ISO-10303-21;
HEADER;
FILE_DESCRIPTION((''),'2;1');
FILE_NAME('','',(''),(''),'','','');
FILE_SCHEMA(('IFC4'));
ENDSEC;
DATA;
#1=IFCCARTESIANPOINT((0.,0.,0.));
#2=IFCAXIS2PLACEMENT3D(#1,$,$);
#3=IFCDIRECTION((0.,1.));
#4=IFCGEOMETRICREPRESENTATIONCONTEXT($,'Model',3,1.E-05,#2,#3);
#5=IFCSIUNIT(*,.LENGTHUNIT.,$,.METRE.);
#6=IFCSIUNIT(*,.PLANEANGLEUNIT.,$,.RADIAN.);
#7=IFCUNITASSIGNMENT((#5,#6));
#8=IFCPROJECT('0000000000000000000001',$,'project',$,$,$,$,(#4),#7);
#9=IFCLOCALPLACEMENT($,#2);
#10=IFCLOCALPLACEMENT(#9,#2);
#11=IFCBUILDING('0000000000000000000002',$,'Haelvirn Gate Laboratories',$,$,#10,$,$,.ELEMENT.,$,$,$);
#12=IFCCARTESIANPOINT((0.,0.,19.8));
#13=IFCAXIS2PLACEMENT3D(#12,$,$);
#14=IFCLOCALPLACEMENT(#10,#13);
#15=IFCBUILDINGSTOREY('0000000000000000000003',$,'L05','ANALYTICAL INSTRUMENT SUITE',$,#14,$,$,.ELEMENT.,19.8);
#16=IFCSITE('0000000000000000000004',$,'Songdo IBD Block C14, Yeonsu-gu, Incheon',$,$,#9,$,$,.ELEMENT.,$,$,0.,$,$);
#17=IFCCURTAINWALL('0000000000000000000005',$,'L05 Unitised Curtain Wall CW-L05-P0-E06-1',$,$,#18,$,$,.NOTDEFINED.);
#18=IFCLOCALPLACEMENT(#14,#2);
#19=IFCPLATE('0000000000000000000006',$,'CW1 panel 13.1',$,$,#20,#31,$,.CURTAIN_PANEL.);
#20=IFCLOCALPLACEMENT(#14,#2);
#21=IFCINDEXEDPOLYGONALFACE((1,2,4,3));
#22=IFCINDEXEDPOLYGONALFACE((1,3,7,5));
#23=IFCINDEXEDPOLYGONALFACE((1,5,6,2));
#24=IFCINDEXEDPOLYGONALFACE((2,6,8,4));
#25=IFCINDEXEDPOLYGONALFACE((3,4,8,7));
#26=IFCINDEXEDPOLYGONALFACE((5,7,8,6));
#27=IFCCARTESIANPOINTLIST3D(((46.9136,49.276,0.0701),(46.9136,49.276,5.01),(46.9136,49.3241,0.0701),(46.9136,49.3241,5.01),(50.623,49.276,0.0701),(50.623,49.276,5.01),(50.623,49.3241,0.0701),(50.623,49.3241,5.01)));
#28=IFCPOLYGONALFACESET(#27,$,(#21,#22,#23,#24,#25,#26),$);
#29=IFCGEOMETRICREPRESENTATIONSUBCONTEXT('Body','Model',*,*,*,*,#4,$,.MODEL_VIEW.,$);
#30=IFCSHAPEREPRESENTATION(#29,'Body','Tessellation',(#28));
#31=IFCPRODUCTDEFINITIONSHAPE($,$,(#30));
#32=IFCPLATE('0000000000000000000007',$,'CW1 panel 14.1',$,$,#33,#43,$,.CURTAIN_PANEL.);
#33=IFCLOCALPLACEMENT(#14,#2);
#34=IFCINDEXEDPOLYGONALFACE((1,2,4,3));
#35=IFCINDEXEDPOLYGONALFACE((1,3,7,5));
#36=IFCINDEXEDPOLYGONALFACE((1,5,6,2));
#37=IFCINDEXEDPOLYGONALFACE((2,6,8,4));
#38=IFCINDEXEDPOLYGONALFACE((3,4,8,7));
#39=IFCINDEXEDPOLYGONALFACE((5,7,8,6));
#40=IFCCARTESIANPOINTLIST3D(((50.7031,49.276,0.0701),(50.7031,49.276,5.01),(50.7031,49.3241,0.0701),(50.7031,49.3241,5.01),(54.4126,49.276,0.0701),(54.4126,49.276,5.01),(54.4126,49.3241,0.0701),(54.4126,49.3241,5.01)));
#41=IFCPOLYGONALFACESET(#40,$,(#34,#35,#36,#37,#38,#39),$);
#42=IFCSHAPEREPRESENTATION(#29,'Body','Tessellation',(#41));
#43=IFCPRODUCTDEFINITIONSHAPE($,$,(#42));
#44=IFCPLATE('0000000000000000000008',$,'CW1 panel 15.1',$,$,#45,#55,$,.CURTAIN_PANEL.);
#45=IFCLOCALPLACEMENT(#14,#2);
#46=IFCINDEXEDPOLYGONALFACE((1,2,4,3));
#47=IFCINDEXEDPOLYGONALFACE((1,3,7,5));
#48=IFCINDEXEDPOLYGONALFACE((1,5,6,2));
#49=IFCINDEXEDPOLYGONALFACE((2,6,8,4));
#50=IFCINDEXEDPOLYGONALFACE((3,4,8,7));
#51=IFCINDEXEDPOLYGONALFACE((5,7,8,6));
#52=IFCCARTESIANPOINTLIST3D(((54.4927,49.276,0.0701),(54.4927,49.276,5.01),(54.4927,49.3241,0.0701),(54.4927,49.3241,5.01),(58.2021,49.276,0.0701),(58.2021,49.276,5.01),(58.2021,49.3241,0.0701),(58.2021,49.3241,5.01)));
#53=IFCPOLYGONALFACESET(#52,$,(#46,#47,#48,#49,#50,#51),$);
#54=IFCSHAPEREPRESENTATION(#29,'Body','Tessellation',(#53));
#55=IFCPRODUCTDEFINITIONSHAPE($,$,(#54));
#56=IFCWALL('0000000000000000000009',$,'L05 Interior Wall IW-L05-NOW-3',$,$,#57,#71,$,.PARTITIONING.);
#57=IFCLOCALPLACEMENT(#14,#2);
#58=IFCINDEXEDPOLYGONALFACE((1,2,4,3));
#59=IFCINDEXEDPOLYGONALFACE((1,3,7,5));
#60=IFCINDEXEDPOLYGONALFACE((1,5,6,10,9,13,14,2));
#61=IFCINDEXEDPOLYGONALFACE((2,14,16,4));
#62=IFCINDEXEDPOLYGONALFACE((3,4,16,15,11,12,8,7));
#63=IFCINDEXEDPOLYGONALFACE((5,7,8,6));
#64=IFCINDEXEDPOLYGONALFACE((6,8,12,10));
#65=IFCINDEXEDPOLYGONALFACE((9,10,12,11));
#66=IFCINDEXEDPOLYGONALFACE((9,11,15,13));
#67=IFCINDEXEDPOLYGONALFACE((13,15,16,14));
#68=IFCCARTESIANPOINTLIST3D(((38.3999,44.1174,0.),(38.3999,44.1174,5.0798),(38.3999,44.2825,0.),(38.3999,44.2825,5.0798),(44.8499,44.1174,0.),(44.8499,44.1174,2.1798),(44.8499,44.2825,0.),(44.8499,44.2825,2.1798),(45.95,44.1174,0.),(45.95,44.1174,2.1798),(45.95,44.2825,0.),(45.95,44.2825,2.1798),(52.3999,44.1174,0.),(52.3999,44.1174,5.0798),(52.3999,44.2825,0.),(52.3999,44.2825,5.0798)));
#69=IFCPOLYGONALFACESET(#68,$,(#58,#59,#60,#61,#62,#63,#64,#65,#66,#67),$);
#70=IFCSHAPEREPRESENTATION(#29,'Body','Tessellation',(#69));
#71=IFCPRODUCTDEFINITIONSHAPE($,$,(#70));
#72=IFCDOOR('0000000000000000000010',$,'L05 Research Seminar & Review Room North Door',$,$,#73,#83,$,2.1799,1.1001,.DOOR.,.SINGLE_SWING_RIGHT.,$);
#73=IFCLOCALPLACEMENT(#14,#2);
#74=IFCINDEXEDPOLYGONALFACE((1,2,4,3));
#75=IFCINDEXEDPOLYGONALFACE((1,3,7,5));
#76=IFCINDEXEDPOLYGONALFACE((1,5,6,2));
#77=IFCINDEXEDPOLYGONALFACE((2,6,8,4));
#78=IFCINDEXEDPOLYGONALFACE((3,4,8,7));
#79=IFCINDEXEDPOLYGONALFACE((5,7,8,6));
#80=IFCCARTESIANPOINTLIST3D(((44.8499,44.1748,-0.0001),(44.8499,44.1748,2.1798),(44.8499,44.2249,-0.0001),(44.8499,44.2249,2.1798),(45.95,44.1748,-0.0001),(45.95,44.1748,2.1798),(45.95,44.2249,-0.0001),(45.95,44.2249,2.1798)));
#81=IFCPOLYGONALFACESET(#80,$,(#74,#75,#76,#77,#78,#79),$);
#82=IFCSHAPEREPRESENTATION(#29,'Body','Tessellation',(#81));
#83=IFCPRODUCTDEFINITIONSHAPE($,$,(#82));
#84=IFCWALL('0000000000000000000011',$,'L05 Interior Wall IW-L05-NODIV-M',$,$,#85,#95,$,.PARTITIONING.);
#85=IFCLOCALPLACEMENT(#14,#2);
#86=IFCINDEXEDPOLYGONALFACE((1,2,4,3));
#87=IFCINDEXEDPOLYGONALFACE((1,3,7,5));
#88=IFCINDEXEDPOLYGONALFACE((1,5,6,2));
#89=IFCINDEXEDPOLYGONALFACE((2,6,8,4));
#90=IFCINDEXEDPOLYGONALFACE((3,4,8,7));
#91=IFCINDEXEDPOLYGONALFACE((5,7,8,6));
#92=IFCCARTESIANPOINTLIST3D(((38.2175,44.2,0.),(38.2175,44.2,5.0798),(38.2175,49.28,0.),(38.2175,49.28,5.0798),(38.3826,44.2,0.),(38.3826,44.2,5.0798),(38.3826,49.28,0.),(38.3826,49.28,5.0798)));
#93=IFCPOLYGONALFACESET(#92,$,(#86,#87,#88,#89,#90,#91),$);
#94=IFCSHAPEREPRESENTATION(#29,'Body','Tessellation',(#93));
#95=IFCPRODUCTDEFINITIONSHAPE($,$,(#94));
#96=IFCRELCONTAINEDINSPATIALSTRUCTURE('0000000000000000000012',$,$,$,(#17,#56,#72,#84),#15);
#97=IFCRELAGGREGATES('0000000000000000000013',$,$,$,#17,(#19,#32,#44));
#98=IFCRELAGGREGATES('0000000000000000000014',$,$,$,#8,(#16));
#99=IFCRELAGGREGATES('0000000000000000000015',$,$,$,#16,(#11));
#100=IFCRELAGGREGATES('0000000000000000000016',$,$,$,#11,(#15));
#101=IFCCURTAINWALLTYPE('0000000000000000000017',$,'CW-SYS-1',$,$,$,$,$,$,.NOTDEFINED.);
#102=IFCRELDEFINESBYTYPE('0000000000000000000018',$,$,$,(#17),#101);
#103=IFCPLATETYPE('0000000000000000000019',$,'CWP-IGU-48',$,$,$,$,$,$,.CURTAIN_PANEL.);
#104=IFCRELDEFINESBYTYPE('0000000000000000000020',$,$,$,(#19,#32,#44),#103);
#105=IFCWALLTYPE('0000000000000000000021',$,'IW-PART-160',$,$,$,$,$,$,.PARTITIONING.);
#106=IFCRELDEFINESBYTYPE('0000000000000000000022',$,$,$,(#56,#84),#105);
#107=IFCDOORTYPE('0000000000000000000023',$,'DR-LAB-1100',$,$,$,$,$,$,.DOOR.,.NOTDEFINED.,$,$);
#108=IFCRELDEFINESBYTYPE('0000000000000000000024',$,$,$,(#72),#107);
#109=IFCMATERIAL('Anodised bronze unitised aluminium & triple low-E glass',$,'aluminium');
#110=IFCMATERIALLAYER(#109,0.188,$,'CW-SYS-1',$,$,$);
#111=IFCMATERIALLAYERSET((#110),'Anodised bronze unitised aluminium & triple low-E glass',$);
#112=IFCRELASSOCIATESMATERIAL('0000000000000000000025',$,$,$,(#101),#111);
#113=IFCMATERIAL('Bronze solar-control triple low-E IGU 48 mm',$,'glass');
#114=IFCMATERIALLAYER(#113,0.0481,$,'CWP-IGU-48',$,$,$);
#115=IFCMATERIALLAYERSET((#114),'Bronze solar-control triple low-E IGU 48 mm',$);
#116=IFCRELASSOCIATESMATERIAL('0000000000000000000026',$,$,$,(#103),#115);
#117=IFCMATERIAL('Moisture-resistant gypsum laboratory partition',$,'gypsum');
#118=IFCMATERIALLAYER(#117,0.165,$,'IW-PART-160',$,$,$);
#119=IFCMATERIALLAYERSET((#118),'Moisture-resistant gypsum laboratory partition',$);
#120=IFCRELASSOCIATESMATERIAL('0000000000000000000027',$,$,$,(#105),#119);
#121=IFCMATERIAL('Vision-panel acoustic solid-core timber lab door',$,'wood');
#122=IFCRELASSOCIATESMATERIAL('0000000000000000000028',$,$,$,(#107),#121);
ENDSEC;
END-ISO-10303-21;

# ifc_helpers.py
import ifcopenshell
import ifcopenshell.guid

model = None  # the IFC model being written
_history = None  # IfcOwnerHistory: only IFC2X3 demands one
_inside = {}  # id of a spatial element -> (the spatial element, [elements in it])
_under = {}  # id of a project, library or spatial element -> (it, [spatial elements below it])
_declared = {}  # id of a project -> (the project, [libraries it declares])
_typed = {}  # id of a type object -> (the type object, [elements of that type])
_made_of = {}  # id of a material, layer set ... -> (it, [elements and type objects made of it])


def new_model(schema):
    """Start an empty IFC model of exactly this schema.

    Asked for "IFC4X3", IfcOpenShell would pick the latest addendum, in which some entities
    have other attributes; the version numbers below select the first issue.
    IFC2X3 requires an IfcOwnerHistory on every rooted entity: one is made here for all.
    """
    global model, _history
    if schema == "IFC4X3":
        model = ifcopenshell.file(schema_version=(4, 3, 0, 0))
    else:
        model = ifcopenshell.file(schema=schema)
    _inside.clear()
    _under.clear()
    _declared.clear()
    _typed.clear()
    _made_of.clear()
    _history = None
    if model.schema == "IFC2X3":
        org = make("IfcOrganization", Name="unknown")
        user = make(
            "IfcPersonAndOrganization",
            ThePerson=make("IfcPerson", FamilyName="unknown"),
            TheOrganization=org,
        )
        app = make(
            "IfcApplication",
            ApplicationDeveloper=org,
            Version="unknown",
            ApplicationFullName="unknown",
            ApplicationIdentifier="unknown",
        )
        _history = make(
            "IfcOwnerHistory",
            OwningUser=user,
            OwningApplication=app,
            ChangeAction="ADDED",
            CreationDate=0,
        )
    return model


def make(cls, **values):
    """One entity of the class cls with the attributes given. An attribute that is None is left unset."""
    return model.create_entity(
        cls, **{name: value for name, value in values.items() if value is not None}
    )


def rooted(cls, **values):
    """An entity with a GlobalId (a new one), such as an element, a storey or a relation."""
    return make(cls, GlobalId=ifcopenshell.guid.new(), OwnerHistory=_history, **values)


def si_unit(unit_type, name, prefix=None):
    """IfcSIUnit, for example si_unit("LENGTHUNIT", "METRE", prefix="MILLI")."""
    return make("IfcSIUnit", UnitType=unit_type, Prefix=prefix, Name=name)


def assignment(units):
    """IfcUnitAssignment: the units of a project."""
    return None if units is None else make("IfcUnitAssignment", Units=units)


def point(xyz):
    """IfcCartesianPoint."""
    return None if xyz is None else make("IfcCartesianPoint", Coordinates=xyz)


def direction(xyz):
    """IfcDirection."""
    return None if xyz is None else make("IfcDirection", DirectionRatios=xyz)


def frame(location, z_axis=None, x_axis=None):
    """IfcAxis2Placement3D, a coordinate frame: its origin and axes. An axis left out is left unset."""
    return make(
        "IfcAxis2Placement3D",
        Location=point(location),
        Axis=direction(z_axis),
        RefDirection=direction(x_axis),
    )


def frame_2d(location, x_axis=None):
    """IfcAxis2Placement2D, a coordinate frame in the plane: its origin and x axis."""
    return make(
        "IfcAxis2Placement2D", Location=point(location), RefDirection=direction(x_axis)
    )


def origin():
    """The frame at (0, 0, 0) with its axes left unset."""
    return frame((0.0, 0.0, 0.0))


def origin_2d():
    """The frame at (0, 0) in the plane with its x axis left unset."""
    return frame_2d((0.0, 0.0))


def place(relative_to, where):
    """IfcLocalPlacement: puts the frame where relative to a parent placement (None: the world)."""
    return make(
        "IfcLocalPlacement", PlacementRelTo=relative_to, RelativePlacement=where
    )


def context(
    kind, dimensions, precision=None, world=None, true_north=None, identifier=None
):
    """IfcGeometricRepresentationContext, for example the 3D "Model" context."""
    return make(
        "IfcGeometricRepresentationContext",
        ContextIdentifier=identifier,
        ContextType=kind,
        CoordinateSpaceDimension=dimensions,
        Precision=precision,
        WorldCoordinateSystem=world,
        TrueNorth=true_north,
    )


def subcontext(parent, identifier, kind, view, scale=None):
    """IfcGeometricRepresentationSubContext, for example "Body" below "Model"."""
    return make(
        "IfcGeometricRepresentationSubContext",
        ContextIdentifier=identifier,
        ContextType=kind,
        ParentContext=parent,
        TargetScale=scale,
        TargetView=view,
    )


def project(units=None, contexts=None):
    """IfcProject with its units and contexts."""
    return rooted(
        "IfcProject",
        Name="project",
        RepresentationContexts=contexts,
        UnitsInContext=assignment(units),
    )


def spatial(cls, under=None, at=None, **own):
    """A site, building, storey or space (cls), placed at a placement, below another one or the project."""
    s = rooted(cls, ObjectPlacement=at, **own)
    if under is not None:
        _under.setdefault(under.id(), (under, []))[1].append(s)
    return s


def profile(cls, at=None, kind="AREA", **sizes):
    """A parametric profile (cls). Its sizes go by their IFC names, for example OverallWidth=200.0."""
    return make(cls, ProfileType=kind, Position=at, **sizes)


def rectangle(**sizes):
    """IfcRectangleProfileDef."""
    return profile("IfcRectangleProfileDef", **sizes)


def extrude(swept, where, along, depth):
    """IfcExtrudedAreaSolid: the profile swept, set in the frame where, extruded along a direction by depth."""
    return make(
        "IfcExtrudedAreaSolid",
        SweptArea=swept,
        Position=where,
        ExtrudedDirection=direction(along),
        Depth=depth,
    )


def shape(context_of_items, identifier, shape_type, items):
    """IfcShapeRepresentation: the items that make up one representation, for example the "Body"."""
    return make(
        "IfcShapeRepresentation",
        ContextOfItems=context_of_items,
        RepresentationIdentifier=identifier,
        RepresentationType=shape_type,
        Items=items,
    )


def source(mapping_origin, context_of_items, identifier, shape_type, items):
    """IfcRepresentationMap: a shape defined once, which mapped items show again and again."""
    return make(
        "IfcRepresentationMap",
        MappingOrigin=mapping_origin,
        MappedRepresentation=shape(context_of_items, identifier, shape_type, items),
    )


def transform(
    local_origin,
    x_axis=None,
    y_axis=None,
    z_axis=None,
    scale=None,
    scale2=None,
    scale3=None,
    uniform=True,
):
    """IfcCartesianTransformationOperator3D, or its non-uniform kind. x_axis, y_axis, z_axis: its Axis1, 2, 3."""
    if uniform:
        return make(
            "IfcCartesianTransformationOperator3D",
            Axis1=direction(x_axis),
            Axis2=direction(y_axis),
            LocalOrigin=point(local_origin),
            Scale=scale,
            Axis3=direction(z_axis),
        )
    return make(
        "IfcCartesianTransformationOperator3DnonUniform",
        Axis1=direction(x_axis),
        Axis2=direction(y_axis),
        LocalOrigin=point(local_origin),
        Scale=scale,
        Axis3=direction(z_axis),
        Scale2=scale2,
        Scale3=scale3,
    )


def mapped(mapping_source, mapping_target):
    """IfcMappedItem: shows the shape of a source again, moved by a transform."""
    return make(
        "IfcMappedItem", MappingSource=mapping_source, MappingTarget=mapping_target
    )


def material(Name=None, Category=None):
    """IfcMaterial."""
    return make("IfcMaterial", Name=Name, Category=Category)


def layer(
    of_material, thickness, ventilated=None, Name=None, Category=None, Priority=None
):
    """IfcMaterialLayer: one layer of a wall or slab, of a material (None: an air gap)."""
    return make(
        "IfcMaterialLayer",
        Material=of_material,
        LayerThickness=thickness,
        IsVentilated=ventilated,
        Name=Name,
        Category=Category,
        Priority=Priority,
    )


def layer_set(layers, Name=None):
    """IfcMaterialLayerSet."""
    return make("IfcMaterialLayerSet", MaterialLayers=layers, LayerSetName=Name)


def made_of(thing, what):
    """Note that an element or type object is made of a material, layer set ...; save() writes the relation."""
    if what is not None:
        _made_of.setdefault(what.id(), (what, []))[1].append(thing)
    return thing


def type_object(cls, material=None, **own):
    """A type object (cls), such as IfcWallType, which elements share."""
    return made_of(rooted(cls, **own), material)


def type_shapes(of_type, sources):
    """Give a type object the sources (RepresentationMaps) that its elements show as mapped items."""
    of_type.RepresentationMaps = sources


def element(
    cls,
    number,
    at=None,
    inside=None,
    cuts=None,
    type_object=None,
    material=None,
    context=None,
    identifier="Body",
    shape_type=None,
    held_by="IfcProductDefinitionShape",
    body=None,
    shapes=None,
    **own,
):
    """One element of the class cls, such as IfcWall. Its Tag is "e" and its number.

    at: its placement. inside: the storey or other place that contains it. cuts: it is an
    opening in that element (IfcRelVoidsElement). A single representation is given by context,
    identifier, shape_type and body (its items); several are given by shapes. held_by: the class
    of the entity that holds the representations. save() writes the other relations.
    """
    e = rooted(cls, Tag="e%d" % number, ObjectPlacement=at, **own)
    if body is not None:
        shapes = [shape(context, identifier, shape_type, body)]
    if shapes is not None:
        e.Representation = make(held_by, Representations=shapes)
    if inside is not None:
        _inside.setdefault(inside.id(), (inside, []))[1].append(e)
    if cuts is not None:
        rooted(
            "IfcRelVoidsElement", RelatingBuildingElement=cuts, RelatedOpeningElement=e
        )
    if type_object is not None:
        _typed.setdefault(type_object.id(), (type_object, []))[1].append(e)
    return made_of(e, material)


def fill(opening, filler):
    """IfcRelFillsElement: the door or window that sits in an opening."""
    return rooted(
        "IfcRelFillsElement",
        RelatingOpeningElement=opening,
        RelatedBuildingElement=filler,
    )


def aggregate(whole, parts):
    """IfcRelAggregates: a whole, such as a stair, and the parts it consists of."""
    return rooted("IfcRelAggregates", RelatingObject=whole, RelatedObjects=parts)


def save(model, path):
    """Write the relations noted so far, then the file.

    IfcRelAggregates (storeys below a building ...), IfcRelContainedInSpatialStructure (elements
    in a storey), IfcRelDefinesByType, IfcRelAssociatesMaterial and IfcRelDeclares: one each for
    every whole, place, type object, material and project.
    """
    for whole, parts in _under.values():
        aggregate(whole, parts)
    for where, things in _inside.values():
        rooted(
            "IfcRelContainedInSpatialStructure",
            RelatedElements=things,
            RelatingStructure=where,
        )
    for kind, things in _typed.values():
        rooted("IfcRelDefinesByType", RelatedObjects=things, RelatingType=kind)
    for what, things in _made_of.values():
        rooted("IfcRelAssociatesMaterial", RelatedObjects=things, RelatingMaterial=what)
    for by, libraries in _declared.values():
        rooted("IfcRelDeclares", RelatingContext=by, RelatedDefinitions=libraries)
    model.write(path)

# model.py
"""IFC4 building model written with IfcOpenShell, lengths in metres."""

from ifc_helpers import new_model, si_unit, direction, frame, frame_2d, origin, origin_2d, place, context, subcontext, project, spatial, rectangle, extrude, source, transform, mapped, material, layer, layer_set, type_object, type_shapes, element, fill, aggregate, save


model = new_model("IFC4")

# Units and contexts
model_context = context("Model", 3, precision=1e-05, world=origin(), true_north=direction((0.0, 1.0)))
body_context = subcontext(model_context, "Body", "Model", "MODEL_VIEW")
ifc_project = project(units=[si_unit("LENGTHUNIT", "METRE"), si_unit("PLANEANGLEUNIT", "RADIAN")], contexts=[model_context])

# Site, building, storey
site_placement = place(None, origin())
site = spatial("IfcSite", under=ifc_project, at=site_placement, Name="Songdo IBD Block C14, Yeonsu-gu, Incheon", CompositionType="ELEMENT", RefElevation=0.0)
building_placement = place(site_placement, origin())
building = spatial("IfcBuilding", under=site, at=building_placement, Name="Haelvirn Gate Laboratories", CompositionType="ELEMENT")
storey_placement = place(building_placement, frame((0.0, 0.0, 19.8)))
storey = spatial("IfcBuildingStorey", under=building, at=storey_placement, Name="L05", Description="ANALYTICAL INSTRUMENT SUITE", CompositionType="ELEMENT", Elevation=19.8)

# Curtain wall
ifc_material_1 = material(Name="Anodised bronze unitised aluminium & triple low-E glass", Category="aluminium")
ifc_layer_1 = layer(ifc_material_1, 0.188, Name="CW-SYS-1")
ifc_layer_set_1 = layer_set([ifc_layer_1], Name="Anodised bronze unitised aluminium & triple low-E glass")
curtain_wall_type = type_object("IfcCurtainWallType", Name="CW-SYS-1", PredefinedType="NOTDEFINED", material=ifc_layer_set_1)
curtain_wall_placement = place(storey_placement, origin())
curtain_wall = element("IfcCurtainWall", 1, at=curtain_wall_placement, inside=storey, type_object=curtain_wall_type, Name="L05 Unitised Curtain Wall CW-L05-P0-E06-1", PredefinedType="NOTDEFINED")

# Plates
ifc_material_2 = material(Name="Bronze solar-control triple low-E IGU 48 mm", Category="glass")
ifc_layer_2 = layer(ifc_material_2, 0.0481, Name="CWP-IGU-48")
ifc_layer_set_2 = layer_set([ifc_layer_2], Name="Bronze solar-control triple low-E IGU 48 mm")
plate_type_1 = type_object("IfcPlateType", Name="CWP-IGU-48", PredefinedType="CURTAIN_PANEL", material=ifc_layer_set_2)
shared_shape_1 = source(origin(), body_context, "Body", "SweptSolid", [
    extrude(rectangle(XDim=3.7095, YDim=0.0481, at=origin_2d()), origin(), (0.0, 0.0, 1.0), 4.9399),
])
type_shapes(plate_type_1, [shared_shape_1])
plate_1_placement = place(storey_placement, frame((48.7683, 49.3, 0.0701), z_axis=(0.0, 0.0, 1.0), x_axis=(1.0, 0.0, 0.0)))
plate_1 = element("IfcPlate", 2, at=plate_1_placement, type_object=plate_type_1, Name="CW1 panel 13.1", PredefinedType="CURTAIN_PANEL", context=body_context, shape_type="MappedRepresentation", body=[
    mapped(shared_shape_1, transform((0.0, 0.0, 0.0), scale=1.0)),
])
plate_2_placement = place(storey_placement, frame((52.5579, 49.3, 0.0701), z_axis=(0.0, 0.0, 1.0), x_axis=(1.0, 0.0, 0.0)))
plate_2 = element("IfcPlate", 3, at=plate_2_placement, type_object=plate_type_1, Name="CW1 panel 14.1", PredefinedType="CURTAIN_PANEL", context=body_context, shape_type="MappedRepresentation", body=[
    mapped(shared_shape_1, transform((0.0, 0.0, 0.0), scale=1.0)),
])
plate_3_placement = place(storey_placement, frame((56.3474, 49.3, 0.0701), z_axis=(0.0, 0.0, 1.0), x_axis=(1.0, 0.0, 0.0)))
plate_3 = element("IfcPlate", 4, at=plate_3_placement, type_object=plate_type_1, Name="CW1 panel 15.1", PredefinedType="CURTAIN_PANEL", context=body_context, shape_type="MappedRepresentation", body=[
    mapped(shared_shape_1, transform((0.0, 0.0, 0.0), scale=1.0)),
])
aggregate(curtain_wall, [plate_1, plate_2, plate_3])

# Wall, opening, door
ifc_material_3 = material(Name="Moisture-resistant gypsum laboratory partition", Category="gypsum")
ifc_layer_3 = layer(ifc_material_3, 0.165, Name="IW-PART-160")
ifc_layer_set_3 = layer_set([ifc_layer_3], Name="Moisture-resistant gypsum laboratory partition")
wall_type = type_object("IfcWallType", Name="IW-PART-160", PredefinedType="PARTITIONING", material=ifc_layer_set_3)
wall_1_placement = place(storey_placement, frame((38.3999, 44.2, 0.0), z_axis=(0.0, 0.0, 1.0), x_axis=(1.0, 0.0, 0.0)))
wall_1 = element("IfcWall", 5, at=wall_1_placement, inside=storey, type_object=wall_type, Name="L05 Interior Wall IW-L05-NOW-3", PredefinedType="PARTITIONING", context=body_context, shape_type="SweptSolid", body=[
    extrude(rectangle(XDim=14.0, YDim=0.165, at=frame_2d((7.0, 0.0))), origin(), (0.0, 0.0, 1.0), 5.0798),
])
opening_placement = place(wall_1_placement, frame((6.45, 0.0, 0.0)))
opening = element("IfcOpeningElement", 6, at=opening_placement, cuts=wall_1, PredefinedType="OPENING", context=body_context, shape_type="SweptSolid", body=[
    extrude(rectangle(XDim=1.1001, YDim=2.1799, at=frame_2d((0.55, 1.0898))), frame((0.0, 0.0925, 0.0), z_axis=(0.0, -1.0, 0.0), x_axis=(1.0, 0.0, 0.0)), (0.0, 0.0, 1.0), 0.1851),
])
ifc_material_4 = material(Name="Vision-panel acoustic solid-core timber lab door", Category="wood")
door_type = type_object("IfcDoorType", Name="DR-LAB-1100", OperationType="NOTDEFINED", PredefinedType="DOOR", material=ifc_material_4)
shared_shape_2 = source(origin(), body_context, "Body", "SweptSolid", [
    extrude(rectangle(XDim=1.1001, YDim=2.1799, at=frame_2d((0.55, 1.0898))), frame((0.0, 0.0249, 0.0), z_axis=(0.0, -1.0, 0.0), x_axis=(1.0, 0.0, 0.0)), (0.0, 0.0, 1.0), 0.05),
])
type_shapes(door_type, [shared_shape_2])
door_placement = place(opening_placement, origin())
door = element("IfcDoor", 7, at=door_placement, inside=storey, type_object=door_type, Name="L05 Research Seminar & Review Room North Door", OperationType="SINGLE_SWING_RIGHT", OverallHeight=2.1799, OverallWidth=1.1001, PredefinedType="DOOR", context=body_context, shape_type="MappedRepresentation", body=[
    mapped(shared_shape_2, transform((0.0, 0.0, 0.0), scale=1.0)),
])
fill(opening, door)

# Wall
wall_2_placement = place(storey_placement, frame((38.3, 44.2, 0.0), z_axis=(0.0, 0.0, 1.0), x_axis=(0.0, 1.0, 0.0)))
element("IfcWall", 8, at=wall_2_placement, inside=storey, type_object=wall_type, Name="L05 Interior Wall IW-L05-NODIV-M", PredefinedType="PARTITIONING", context=body_context, shape_type="SweptSolid", body=[
    extrude(rectangle(XDim=5.0801, YDim=0.165, at=frame_2d((2.54, 0.0))), origin(), (0.0, 0.0, 1.0), 5.0798),
])

save(model, "model.ifc")
